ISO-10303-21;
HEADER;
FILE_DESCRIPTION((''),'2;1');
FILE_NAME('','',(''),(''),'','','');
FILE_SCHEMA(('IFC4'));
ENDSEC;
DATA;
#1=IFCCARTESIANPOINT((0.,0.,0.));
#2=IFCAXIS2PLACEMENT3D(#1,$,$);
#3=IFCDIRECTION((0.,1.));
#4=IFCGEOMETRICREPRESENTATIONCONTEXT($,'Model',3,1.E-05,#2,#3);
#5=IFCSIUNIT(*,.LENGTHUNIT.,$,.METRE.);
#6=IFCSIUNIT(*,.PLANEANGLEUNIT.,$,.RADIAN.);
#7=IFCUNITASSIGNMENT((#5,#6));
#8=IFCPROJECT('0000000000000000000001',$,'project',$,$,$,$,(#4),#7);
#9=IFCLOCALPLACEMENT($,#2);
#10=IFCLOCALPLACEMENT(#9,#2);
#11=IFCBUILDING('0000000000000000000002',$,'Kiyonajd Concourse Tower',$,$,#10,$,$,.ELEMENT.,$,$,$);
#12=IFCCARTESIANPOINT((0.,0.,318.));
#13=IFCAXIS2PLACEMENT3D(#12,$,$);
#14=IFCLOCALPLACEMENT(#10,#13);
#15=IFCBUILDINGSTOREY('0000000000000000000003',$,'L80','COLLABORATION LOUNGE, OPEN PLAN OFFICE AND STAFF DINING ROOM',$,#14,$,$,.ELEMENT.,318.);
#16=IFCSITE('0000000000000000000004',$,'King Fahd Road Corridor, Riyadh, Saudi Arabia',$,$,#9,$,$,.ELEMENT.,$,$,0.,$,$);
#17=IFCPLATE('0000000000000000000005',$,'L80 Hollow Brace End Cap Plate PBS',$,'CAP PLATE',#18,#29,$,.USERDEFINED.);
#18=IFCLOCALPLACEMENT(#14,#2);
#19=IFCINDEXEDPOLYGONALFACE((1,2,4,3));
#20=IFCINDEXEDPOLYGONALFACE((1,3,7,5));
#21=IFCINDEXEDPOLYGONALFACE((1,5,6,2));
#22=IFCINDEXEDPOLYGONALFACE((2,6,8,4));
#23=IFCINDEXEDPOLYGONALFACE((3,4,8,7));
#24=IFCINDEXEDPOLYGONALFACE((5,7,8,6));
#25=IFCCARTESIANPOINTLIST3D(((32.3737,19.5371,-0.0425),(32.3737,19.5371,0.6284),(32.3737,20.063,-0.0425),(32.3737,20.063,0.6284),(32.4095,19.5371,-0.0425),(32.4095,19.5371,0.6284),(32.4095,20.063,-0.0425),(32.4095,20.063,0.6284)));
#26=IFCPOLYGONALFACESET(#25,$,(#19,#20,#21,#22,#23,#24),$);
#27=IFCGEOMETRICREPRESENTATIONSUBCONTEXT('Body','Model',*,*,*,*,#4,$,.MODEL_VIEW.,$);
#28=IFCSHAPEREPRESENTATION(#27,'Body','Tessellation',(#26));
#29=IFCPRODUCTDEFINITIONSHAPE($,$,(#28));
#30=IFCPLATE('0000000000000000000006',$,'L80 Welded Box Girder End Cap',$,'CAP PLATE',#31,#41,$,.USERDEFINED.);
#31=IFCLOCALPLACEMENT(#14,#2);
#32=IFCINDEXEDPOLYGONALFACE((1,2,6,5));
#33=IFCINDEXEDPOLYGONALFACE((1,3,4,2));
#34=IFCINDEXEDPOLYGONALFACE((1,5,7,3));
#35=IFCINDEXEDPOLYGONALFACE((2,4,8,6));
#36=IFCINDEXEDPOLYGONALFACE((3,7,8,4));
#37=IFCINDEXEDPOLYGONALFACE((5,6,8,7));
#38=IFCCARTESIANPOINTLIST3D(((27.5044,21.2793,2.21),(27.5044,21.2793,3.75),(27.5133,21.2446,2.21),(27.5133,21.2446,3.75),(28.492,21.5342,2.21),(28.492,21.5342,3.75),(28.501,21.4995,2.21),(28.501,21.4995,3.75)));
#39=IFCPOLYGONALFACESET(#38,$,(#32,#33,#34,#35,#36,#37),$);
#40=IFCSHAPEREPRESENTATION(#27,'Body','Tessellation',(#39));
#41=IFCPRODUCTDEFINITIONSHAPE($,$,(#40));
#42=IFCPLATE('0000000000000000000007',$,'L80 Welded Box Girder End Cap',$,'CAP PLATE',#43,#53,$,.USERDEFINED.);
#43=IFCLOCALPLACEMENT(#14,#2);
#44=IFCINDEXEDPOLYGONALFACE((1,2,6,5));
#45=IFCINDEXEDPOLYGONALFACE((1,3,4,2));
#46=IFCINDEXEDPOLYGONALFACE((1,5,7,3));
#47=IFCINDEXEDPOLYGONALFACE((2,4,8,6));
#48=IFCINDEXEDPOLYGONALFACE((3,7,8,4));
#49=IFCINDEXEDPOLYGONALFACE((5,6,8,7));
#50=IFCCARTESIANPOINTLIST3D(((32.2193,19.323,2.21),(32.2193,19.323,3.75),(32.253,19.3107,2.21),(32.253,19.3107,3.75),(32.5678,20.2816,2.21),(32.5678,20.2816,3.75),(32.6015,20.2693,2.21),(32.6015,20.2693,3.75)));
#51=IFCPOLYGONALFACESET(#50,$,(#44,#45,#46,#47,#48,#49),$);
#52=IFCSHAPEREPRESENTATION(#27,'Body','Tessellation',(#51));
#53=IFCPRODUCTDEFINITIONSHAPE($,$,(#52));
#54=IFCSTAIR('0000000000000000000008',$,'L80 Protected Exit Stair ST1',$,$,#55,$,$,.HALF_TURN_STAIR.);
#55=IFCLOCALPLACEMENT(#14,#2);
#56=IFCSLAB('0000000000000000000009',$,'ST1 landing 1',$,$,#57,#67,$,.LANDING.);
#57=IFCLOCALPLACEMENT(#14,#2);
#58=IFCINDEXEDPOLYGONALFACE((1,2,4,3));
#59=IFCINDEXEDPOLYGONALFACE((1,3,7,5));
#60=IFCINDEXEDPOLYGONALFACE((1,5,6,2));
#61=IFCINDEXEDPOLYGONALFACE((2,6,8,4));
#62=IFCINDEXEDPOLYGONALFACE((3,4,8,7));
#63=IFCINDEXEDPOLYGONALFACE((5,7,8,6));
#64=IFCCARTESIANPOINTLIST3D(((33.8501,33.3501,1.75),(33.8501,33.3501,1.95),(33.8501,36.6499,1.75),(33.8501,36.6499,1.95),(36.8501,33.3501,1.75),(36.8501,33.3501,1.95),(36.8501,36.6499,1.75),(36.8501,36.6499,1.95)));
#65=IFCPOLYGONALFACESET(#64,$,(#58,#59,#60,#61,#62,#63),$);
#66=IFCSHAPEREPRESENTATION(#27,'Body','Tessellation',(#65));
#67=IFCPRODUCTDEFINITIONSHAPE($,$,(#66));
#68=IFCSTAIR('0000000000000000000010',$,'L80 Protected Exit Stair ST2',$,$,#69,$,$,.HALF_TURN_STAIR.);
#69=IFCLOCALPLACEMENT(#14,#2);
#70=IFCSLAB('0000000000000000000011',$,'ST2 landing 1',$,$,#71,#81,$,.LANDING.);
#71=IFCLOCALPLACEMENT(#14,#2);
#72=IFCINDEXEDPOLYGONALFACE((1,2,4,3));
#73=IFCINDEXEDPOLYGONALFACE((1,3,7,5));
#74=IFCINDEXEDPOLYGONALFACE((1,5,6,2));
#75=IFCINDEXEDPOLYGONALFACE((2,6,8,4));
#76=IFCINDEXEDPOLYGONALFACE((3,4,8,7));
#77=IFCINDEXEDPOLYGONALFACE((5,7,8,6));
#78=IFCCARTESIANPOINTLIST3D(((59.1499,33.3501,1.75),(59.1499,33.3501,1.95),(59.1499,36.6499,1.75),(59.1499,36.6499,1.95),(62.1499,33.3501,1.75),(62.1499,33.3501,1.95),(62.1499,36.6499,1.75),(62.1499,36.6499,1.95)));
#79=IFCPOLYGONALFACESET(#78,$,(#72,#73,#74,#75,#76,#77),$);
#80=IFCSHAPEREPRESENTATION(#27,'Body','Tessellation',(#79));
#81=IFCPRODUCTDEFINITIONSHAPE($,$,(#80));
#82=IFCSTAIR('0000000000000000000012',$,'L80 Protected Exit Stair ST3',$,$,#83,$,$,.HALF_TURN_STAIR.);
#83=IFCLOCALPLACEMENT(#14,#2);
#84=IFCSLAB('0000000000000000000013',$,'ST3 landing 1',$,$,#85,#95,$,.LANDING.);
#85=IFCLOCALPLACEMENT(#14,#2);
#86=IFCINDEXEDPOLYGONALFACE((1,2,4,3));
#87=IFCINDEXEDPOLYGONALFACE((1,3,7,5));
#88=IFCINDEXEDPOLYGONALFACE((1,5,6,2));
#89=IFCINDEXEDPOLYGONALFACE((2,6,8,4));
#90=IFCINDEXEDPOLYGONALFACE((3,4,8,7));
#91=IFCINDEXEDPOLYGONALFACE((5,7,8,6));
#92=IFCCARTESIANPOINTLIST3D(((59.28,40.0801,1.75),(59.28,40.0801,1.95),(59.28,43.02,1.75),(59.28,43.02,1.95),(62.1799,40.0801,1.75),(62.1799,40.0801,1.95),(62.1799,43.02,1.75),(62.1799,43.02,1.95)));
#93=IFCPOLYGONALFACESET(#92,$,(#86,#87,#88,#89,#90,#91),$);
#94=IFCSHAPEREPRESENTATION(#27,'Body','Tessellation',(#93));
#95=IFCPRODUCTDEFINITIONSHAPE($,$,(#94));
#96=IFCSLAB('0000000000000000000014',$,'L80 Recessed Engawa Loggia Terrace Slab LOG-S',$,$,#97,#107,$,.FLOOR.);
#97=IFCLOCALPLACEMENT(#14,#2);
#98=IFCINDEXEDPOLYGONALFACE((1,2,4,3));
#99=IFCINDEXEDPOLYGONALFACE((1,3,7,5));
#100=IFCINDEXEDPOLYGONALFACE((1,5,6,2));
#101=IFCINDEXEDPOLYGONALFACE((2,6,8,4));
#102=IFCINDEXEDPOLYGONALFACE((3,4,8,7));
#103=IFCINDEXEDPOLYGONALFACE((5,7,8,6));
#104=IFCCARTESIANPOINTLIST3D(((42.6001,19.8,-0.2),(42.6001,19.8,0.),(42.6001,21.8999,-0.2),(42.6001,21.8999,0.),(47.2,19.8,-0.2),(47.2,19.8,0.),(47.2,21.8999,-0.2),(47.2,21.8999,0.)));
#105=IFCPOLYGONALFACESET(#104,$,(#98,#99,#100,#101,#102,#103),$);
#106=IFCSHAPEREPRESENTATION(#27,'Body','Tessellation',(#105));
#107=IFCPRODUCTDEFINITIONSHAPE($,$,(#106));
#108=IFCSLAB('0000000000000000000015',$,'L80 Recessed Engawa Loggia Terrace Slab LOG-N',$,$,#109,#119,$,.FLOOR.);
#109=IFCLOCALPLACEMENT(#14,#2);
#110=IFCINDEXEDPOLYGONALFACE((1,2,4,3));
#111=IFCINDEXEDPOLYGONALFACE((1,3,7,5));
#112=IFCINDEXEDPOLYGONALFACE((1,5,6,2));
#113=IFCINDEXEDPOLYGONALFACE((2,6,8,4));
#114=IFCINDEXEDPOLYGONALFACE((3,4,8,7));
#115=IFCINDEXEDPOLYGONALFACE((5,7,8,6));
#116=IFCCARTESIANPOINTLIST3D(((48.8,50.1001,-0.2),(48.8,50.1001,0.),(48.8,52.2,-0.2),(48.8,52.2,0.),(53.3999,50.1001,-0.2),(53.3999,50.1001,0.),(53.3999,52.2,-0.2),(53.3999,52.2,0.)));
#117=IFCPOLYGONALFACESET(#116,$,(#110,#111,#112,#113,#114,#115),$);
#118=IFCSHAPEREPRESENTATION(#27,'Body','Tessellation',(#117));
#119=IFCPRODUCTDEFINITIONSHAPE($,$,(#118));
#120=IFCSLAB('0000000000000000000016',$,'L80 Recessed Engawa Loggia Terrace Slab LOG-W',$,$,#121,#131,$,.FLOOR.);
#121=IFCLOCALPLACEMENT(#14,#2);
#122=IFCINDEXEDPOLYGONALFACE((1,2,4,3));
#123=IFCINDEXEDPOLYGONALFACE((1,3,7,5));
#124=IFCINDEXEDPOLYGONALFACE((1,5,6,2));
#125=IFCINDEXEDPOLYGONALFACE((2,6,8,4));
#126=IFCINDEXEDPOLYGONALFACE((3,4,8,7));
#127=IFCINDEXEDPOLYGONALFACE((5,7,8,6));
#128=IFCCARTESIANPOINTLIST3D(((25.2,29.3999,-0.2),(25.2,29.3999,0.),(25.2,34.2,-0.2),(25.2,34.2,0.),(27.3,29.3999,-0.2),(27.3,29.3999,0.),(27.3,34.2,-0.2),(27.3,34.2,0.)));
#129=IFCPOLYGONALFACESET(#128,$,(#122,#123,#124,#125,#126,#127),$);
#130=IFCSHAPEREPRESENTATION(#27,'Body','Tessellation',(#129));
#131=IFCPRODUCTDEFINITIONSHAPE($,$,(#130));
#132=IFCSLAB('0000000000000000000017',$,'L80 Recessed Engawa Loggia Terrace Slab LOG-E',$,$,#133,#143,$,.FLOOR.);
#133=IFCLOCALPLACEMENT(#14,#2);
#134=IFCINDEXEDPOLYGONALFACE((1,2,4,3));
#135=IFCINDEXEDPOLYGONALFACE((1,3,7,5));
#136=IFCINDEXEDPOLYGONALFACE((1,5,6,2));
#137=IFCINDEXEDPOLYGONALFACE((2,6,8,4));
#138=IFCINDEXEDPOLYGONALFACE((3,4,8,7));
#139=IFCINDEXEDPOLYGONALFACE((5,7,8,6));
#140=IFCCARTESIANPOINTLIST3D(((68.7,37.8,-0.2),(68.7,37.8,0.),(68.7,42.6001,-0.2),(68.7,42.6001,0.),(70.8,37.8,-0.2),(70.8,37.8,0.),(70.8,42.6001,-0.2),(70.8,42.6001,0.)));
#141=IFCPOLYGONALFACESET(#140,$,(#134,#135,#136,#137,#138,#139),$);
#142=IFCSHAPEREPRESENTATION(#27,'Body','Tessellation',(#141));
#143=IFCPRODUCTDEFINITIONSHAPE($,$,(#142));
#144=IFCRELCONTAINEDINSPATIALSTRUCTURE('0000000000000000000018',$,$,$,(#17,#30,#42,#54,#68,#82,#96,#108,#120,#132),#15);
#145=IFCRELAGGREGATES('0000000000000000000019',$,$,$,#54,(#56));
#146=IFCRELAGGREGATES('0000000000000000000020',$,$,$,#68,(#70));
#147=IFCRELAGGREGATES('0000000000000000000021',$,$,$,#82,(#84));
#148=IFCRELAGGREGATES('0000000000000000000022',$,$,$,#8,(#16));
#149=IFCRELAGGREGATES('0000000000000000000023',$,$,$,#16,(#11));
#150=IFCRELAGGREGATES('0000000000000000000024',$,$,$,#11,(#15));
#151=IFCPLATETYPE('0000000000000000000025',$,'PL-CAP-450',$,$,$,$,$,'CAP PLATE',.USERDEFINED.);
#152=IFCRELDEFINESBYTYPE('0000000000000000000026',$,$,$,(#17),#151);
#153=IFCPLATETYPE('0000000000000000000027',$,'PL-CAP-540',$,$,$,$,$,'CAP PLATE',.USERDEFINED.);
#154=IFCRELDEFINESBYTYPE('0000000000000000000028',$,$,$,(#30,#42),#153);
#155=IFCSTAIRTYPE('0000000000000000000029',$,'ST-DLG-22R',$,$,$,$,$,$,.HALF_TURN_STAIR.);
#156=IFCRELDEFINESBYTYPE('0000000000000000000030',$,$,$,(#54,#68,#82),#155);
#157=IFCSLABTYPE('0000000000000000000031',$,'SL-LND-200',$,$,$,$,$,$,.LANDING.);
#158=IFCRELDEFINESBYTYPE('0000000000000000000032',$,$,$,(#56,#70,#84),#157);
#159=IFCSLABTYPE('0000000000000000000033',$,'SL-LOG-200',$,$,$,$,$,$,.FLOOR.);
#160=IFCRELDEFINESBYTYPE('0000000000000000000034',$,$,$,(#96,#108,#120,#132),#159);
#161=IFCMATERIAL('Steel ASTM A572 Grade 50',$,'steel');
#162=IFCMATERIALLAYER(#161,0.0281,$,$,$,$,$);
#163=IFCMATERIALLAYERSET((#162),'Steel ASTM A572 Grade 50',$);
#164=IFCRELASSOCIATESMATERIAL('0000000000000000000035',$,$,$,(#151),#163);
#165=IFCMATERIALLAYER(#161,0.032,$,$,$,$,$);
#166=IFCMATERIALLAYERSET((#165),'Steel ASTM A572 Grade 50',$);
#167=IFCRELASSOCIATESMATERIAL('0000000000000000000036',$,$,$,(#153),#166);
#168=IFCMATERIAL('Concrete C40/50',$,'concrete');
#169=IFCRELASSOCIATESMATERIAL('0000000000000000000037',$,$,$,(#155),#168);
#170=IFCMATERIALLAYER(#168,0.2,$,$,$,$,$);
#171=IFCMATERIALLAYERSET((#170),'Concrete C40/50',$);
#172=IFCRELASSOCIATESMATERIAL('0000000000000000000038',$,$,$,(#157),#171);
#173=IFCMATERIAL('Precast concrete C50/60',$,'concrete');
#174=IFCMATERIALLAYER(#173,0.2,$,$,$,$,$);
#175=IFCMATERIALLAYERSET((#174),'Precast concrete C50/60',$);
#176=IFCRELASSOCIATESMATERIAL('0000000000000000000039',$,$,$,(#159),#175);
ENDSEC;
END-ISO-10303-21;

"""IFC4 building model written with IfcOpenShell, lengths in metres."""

from ifc_helpers import new_model, si_unit, direction, frame, origin, origin_2d, place, context, subcontext, project, spatial, polyline, rectangle, outline, extrude, material, layer, layer_set, type_object, element, aggregate, save


model = new_model("IFC4")

# Units and contexts
model_context = context("Model", 3, precision=1e-05, world=origin(), true_north=direction((0.0, 1.0)))
body_context = subcontext(model_context, "Body", "Model", "MODEL_VIEW")
ifc_project = project(units=[si_unit("LENGTHUNIT", "METRE"), si_unit("PLANEANGLEUNIT", "RADIAN")], contexts=[model_context])

# Site, building, storey
site_placement = place(None, origin())
site = spatial("IfcSite", under=ifc_project, at=site_placement, Name="King Fahd Road Corridor, Riyadh, Saudi Arabia", CompositionType="ELEMENT", RefElevation=0.0)
building_placement = place(site_placement, origin())
building = spatial("IfcBuilding", under=site, at=building_placement, Name="Kiyonajd Concourse Tower", CompositionType="ELEMENT")
storey_placement = place(building_placement, frame((0.0, 0.0, 318.0)))
storey = spatial("IfcBuildingStorey", under=building, at=storey_placement, Name="L80", Description="COLLABORATION LOUNGE, OPEN PLAN OFFICE AND STAFF DINING ROOM", CompositionType="ELEMENT", Elevation=318.0)

# Shared definitions
ifc_material_1 = material(Name="Steel ASTM A572 Grade 50", Category="steel")

# Plates
ifc_layer_1 = layer(ifc_material_1, 0.0281)
ifc_layer_set_1 = layer_set([ifc_layer_1], Name="Steel ASTM A572 Grade 50")
plate_type_1 = type_object("IfcPlateType", Name="PL-CAP-450", ElementType="CAP PLATE", PredefinedType="USERDEFINED", material=ifc_layer_set_1)
plate_placement = place(storey_placement, frame((32.3916, 19.8, -0.0425), z_axis=(0.0, 0.0, 1.0), x_axis=(-1.0, 0.0, 0.0)))
element("IfcPlate", 1, at=plate_placement, inside=storey, type_object=plate_type_1, Name="L80 Hollow Brace End Cap Plate PBS", ObjectType="CAP PLATE", PredefinedType="USERDEFINED", context=body_context, shape_type="SweptSolid", body=[
    extrude(rectangle(XDim=0.0359, YDim=0.5259, at=origin_2d()), origin(), (0.0, 0.0, 1.0), 0.6709),
])
ifc_layer_2 = layer(ifc_material_1, 0.032)
ifc_layer_set_2 = layer_set([ifc_layer_2], Name="Steel ASTM A572 Grade 50")
plate_type_2 = type_object("IfcPlateType", Name="PL-CAP-540", ElementType="CAP PLATE", PredefinedType="USERDEFINED", material=ifc_layer_set_2)
for number, where, z_axis, x_axis, name in (
    (2, (28.0027, 21.3894, 2.21), (0.0, 0.0, 1.0), (0.249873, -0.968279, 0.0), "L80 Welded Box Girder End Cap"),
    (3, (32.4104, 19.7961, 2.21), (0.0, 0.0, 1.0), (0.939812, -0.341692, 0.0), "L80 Welded Box Girder End Cap"),
):
    element("IfcPlate", number, at=place(storey_placement, frame(where, z_axis=z_axis, x_axis=x_axis)), inside=storey, type_object=plate_type_2, Name=name, ObjectType="CAP PLATE", PredefinedType="USERDEFINED", context=body_context, shape_type="SweptSolid", body=[
        extrude(rectangle(XDim=0.0359, YDim=1.02, at=origin_2d()), origin(), (0.0, 0.0, 1.0), 1.54),
    ])

# Stairs, slabs
ifc_material_2 = material(Name="Concrete C40/50", Category="concrete")
stair_type = type_object("IfcStairType", Name="ST-DLG-22R", PredefinedType="HALF_TURN_STAIR", material=ifc_material_2)
stair_1_placement = place(storey_placement, origin())
stair_1 = element("IfcStair", 4, at=stair_1_placement, inside=storey, type_object=stair_type, Name="L80 Protected Exit Stair ST1", PredefinedType="HALF_TURN_STAIR")
ifc_layer_3 = layer(ifc_material_2, 0.2)
ifc_layer_set_3 = layer_set([ifc_layer_3], Name="Concrete C40/50")
slab_type_1 = type_object("IfcSlabType", Name="SL-LND-200", PredefinedType="LANDING", material=ifc_layer_set_3)
slab_1_placement = place(storey_placement, frame((0.0, 0.0, 1.75)))
slab_1 = element("IfcSlab", 5, at=slab_1_placement, type_object=slab_type_1, Name="ST1 landing 1", PredefinedType="LANDING", context=body_context, shape_type="SweptSolid", body=[
    extrude(outline(polyline([(36.8501, 33.3501), (36.8501, 36.6499), (33.8501, 36.6499), (33.8501, 33.3501), (36.8501, 33.3501)])), origin(), (0.0, 0.0, 1.0), 0.2),
])
aggregate(stair_1, [slab_1])
stair_2_placement = place(storey_placement, origin())
stair_2 = element("IfcStair", 6, at=stair_2_placement, inside=storey, type_object=stair_type, Name="L80 Protected Exit Stair ST2", PredefinedType="HALF_TURN_STAIR")
slab_2_placement = place(storey_placement, frame((0.0, 0.0, 1.75)))
slab_2 = element("IfcSlab", 7, at=slab_2_placement, type_object=slab_type_1, Name="ST2 landing 1", PredefinedType="LANDING", context=body_context, shape_type="SweptSolid", body=[
    extrude(outline(polyline([(62.1499, 33.3501), (62.1499, 36.6499), (59.1499, 36.6499), (59.1499, 33.3501), (62.1499, 33.3501)])), origin(), (0.0, 0.0, 1.0), 0.2),
])
aggregate(stair_2, [slab_2])
stair_3_placement = place(storey_placement, origin())
stair_3 = element("IfcStair", 8, at=stair_3_placement, inside=storey, type_object=stair_type, Name="L80 Protected Exit Stair ST3", PredefinedType="HALF_TURN_STAIR")
slab_3_placement = place(storey_placement, frame((0.0, 0.0, 1.75)))
slab_3 = element("IfcSlab", 9, at=slab_3_placement, type_object=slab_type_1, Name="ST3 landing 1", PredefinedType="LANDING", context=body_context, shape_type="SweptSolid", body=[
    extrude(outline(polyline([(59.28, 40.0801), (62.1799, 40.0801), (62.1799, 43.02), (59.28, 43.02), (59.28, 40.0801)])), origin(), (0.0, 0.0, 1.0), 0.2),
])
aggregate(stair_3, [slab_3])

# Slabs
ifc_material_3 = material(Name="Precast concrete C50/60", Category="concrete")
ifc_layer_4 = layer(ifc_material_3, 0.2)
ifc_layer_set_4 = layer_set([ifc_layer_4], Name="Precast concrete C50/60")
slab_type_2 = type_object("IfcSlabType", Name="SL-LOG-200", PredefinedType="FLOOR", material=ifc_layer_set_4)
slab_4_placement = place(storey_placement, frame((0.0, 0.0, -0.2)))
element("IfcSlab", 10, at=slab_4_placement, inside=storey, type_object=slab_type_2, Name="L80 Recessed Engawa Loggia Terrace Slab LOG-S", PredefinedType="FLOOR", context=body_context, shape_type="SweptSolid", body=[
    extrude(outline(polyline([(42.6001, 19.8), (47.2, 19.8), (47.2, 21.8999), (42.6001, 21.8999), (42.6001, 19.8)])), origin(), (0.0, 0.0, 1.0), 0.2),
])
slab_5_placement = place(storey_placement, frame((0.0, 0.0, -0.2)))
element("IfcSlab", 11, at=slab_5_placement, inside=storey, type_object=slab_type_2, Name="L80 Recessed Engawa Loggia Terrace Slab LOG-N", PredefinedType="FLOOR", context=body_context, shape_type="SweptSolid", body=[
    extrude(outline(polyline([(48.8, 50.1001), (53.3999, 50.1001), (53.3999, 52.2), (48.8, 52.2), (48.8, 50.1001)])), origin(), (0.0, 0.0, 1.0), 0.2),
])
slab_6_placement = place(storey_placement, frame((0.0, 0.0, -0.2)))
element("IfcSlab", 12, at=slab_6_placement, inside=storey, type_object=slab_type_2, Name="L80 Recessed Engawa Loggia Terrace Slab LOG-W", PredefinedType="FLOOR", context=body_context, shape_type="SweptSolid", body=[
    extrude(outline(polyline([(25.2, 29.3999), (27.3, 29.3999), (27.3, 34.2), (25.2, 34.2), (25.2, 29.3999)])), origin(), (0.0, 0.0, 1.0), 0.2),
])
slab_7_placement = place(storey_placement, frame((0.0, 0.0, -0.2)))
element("IfcSlab", 13, at=slab_7_placement, inside=storey, type_object=slab_type_2, Name="L80 Recessed Engawa Loggia Terrace Slab LOG-E", PredefinedType="FLOOR", context=body_context, shape_type="SweptSolid", body=[
    extrude(outline(polyline([(68.7, 37.8), (70.8, 37.8), (70.8, 42.6001), (68.7, 42.6001), (68.7, 37.8)])), origin(), (0.0, 0.0, 1.0), 0.2),
])

save(model, "model.ifc")
